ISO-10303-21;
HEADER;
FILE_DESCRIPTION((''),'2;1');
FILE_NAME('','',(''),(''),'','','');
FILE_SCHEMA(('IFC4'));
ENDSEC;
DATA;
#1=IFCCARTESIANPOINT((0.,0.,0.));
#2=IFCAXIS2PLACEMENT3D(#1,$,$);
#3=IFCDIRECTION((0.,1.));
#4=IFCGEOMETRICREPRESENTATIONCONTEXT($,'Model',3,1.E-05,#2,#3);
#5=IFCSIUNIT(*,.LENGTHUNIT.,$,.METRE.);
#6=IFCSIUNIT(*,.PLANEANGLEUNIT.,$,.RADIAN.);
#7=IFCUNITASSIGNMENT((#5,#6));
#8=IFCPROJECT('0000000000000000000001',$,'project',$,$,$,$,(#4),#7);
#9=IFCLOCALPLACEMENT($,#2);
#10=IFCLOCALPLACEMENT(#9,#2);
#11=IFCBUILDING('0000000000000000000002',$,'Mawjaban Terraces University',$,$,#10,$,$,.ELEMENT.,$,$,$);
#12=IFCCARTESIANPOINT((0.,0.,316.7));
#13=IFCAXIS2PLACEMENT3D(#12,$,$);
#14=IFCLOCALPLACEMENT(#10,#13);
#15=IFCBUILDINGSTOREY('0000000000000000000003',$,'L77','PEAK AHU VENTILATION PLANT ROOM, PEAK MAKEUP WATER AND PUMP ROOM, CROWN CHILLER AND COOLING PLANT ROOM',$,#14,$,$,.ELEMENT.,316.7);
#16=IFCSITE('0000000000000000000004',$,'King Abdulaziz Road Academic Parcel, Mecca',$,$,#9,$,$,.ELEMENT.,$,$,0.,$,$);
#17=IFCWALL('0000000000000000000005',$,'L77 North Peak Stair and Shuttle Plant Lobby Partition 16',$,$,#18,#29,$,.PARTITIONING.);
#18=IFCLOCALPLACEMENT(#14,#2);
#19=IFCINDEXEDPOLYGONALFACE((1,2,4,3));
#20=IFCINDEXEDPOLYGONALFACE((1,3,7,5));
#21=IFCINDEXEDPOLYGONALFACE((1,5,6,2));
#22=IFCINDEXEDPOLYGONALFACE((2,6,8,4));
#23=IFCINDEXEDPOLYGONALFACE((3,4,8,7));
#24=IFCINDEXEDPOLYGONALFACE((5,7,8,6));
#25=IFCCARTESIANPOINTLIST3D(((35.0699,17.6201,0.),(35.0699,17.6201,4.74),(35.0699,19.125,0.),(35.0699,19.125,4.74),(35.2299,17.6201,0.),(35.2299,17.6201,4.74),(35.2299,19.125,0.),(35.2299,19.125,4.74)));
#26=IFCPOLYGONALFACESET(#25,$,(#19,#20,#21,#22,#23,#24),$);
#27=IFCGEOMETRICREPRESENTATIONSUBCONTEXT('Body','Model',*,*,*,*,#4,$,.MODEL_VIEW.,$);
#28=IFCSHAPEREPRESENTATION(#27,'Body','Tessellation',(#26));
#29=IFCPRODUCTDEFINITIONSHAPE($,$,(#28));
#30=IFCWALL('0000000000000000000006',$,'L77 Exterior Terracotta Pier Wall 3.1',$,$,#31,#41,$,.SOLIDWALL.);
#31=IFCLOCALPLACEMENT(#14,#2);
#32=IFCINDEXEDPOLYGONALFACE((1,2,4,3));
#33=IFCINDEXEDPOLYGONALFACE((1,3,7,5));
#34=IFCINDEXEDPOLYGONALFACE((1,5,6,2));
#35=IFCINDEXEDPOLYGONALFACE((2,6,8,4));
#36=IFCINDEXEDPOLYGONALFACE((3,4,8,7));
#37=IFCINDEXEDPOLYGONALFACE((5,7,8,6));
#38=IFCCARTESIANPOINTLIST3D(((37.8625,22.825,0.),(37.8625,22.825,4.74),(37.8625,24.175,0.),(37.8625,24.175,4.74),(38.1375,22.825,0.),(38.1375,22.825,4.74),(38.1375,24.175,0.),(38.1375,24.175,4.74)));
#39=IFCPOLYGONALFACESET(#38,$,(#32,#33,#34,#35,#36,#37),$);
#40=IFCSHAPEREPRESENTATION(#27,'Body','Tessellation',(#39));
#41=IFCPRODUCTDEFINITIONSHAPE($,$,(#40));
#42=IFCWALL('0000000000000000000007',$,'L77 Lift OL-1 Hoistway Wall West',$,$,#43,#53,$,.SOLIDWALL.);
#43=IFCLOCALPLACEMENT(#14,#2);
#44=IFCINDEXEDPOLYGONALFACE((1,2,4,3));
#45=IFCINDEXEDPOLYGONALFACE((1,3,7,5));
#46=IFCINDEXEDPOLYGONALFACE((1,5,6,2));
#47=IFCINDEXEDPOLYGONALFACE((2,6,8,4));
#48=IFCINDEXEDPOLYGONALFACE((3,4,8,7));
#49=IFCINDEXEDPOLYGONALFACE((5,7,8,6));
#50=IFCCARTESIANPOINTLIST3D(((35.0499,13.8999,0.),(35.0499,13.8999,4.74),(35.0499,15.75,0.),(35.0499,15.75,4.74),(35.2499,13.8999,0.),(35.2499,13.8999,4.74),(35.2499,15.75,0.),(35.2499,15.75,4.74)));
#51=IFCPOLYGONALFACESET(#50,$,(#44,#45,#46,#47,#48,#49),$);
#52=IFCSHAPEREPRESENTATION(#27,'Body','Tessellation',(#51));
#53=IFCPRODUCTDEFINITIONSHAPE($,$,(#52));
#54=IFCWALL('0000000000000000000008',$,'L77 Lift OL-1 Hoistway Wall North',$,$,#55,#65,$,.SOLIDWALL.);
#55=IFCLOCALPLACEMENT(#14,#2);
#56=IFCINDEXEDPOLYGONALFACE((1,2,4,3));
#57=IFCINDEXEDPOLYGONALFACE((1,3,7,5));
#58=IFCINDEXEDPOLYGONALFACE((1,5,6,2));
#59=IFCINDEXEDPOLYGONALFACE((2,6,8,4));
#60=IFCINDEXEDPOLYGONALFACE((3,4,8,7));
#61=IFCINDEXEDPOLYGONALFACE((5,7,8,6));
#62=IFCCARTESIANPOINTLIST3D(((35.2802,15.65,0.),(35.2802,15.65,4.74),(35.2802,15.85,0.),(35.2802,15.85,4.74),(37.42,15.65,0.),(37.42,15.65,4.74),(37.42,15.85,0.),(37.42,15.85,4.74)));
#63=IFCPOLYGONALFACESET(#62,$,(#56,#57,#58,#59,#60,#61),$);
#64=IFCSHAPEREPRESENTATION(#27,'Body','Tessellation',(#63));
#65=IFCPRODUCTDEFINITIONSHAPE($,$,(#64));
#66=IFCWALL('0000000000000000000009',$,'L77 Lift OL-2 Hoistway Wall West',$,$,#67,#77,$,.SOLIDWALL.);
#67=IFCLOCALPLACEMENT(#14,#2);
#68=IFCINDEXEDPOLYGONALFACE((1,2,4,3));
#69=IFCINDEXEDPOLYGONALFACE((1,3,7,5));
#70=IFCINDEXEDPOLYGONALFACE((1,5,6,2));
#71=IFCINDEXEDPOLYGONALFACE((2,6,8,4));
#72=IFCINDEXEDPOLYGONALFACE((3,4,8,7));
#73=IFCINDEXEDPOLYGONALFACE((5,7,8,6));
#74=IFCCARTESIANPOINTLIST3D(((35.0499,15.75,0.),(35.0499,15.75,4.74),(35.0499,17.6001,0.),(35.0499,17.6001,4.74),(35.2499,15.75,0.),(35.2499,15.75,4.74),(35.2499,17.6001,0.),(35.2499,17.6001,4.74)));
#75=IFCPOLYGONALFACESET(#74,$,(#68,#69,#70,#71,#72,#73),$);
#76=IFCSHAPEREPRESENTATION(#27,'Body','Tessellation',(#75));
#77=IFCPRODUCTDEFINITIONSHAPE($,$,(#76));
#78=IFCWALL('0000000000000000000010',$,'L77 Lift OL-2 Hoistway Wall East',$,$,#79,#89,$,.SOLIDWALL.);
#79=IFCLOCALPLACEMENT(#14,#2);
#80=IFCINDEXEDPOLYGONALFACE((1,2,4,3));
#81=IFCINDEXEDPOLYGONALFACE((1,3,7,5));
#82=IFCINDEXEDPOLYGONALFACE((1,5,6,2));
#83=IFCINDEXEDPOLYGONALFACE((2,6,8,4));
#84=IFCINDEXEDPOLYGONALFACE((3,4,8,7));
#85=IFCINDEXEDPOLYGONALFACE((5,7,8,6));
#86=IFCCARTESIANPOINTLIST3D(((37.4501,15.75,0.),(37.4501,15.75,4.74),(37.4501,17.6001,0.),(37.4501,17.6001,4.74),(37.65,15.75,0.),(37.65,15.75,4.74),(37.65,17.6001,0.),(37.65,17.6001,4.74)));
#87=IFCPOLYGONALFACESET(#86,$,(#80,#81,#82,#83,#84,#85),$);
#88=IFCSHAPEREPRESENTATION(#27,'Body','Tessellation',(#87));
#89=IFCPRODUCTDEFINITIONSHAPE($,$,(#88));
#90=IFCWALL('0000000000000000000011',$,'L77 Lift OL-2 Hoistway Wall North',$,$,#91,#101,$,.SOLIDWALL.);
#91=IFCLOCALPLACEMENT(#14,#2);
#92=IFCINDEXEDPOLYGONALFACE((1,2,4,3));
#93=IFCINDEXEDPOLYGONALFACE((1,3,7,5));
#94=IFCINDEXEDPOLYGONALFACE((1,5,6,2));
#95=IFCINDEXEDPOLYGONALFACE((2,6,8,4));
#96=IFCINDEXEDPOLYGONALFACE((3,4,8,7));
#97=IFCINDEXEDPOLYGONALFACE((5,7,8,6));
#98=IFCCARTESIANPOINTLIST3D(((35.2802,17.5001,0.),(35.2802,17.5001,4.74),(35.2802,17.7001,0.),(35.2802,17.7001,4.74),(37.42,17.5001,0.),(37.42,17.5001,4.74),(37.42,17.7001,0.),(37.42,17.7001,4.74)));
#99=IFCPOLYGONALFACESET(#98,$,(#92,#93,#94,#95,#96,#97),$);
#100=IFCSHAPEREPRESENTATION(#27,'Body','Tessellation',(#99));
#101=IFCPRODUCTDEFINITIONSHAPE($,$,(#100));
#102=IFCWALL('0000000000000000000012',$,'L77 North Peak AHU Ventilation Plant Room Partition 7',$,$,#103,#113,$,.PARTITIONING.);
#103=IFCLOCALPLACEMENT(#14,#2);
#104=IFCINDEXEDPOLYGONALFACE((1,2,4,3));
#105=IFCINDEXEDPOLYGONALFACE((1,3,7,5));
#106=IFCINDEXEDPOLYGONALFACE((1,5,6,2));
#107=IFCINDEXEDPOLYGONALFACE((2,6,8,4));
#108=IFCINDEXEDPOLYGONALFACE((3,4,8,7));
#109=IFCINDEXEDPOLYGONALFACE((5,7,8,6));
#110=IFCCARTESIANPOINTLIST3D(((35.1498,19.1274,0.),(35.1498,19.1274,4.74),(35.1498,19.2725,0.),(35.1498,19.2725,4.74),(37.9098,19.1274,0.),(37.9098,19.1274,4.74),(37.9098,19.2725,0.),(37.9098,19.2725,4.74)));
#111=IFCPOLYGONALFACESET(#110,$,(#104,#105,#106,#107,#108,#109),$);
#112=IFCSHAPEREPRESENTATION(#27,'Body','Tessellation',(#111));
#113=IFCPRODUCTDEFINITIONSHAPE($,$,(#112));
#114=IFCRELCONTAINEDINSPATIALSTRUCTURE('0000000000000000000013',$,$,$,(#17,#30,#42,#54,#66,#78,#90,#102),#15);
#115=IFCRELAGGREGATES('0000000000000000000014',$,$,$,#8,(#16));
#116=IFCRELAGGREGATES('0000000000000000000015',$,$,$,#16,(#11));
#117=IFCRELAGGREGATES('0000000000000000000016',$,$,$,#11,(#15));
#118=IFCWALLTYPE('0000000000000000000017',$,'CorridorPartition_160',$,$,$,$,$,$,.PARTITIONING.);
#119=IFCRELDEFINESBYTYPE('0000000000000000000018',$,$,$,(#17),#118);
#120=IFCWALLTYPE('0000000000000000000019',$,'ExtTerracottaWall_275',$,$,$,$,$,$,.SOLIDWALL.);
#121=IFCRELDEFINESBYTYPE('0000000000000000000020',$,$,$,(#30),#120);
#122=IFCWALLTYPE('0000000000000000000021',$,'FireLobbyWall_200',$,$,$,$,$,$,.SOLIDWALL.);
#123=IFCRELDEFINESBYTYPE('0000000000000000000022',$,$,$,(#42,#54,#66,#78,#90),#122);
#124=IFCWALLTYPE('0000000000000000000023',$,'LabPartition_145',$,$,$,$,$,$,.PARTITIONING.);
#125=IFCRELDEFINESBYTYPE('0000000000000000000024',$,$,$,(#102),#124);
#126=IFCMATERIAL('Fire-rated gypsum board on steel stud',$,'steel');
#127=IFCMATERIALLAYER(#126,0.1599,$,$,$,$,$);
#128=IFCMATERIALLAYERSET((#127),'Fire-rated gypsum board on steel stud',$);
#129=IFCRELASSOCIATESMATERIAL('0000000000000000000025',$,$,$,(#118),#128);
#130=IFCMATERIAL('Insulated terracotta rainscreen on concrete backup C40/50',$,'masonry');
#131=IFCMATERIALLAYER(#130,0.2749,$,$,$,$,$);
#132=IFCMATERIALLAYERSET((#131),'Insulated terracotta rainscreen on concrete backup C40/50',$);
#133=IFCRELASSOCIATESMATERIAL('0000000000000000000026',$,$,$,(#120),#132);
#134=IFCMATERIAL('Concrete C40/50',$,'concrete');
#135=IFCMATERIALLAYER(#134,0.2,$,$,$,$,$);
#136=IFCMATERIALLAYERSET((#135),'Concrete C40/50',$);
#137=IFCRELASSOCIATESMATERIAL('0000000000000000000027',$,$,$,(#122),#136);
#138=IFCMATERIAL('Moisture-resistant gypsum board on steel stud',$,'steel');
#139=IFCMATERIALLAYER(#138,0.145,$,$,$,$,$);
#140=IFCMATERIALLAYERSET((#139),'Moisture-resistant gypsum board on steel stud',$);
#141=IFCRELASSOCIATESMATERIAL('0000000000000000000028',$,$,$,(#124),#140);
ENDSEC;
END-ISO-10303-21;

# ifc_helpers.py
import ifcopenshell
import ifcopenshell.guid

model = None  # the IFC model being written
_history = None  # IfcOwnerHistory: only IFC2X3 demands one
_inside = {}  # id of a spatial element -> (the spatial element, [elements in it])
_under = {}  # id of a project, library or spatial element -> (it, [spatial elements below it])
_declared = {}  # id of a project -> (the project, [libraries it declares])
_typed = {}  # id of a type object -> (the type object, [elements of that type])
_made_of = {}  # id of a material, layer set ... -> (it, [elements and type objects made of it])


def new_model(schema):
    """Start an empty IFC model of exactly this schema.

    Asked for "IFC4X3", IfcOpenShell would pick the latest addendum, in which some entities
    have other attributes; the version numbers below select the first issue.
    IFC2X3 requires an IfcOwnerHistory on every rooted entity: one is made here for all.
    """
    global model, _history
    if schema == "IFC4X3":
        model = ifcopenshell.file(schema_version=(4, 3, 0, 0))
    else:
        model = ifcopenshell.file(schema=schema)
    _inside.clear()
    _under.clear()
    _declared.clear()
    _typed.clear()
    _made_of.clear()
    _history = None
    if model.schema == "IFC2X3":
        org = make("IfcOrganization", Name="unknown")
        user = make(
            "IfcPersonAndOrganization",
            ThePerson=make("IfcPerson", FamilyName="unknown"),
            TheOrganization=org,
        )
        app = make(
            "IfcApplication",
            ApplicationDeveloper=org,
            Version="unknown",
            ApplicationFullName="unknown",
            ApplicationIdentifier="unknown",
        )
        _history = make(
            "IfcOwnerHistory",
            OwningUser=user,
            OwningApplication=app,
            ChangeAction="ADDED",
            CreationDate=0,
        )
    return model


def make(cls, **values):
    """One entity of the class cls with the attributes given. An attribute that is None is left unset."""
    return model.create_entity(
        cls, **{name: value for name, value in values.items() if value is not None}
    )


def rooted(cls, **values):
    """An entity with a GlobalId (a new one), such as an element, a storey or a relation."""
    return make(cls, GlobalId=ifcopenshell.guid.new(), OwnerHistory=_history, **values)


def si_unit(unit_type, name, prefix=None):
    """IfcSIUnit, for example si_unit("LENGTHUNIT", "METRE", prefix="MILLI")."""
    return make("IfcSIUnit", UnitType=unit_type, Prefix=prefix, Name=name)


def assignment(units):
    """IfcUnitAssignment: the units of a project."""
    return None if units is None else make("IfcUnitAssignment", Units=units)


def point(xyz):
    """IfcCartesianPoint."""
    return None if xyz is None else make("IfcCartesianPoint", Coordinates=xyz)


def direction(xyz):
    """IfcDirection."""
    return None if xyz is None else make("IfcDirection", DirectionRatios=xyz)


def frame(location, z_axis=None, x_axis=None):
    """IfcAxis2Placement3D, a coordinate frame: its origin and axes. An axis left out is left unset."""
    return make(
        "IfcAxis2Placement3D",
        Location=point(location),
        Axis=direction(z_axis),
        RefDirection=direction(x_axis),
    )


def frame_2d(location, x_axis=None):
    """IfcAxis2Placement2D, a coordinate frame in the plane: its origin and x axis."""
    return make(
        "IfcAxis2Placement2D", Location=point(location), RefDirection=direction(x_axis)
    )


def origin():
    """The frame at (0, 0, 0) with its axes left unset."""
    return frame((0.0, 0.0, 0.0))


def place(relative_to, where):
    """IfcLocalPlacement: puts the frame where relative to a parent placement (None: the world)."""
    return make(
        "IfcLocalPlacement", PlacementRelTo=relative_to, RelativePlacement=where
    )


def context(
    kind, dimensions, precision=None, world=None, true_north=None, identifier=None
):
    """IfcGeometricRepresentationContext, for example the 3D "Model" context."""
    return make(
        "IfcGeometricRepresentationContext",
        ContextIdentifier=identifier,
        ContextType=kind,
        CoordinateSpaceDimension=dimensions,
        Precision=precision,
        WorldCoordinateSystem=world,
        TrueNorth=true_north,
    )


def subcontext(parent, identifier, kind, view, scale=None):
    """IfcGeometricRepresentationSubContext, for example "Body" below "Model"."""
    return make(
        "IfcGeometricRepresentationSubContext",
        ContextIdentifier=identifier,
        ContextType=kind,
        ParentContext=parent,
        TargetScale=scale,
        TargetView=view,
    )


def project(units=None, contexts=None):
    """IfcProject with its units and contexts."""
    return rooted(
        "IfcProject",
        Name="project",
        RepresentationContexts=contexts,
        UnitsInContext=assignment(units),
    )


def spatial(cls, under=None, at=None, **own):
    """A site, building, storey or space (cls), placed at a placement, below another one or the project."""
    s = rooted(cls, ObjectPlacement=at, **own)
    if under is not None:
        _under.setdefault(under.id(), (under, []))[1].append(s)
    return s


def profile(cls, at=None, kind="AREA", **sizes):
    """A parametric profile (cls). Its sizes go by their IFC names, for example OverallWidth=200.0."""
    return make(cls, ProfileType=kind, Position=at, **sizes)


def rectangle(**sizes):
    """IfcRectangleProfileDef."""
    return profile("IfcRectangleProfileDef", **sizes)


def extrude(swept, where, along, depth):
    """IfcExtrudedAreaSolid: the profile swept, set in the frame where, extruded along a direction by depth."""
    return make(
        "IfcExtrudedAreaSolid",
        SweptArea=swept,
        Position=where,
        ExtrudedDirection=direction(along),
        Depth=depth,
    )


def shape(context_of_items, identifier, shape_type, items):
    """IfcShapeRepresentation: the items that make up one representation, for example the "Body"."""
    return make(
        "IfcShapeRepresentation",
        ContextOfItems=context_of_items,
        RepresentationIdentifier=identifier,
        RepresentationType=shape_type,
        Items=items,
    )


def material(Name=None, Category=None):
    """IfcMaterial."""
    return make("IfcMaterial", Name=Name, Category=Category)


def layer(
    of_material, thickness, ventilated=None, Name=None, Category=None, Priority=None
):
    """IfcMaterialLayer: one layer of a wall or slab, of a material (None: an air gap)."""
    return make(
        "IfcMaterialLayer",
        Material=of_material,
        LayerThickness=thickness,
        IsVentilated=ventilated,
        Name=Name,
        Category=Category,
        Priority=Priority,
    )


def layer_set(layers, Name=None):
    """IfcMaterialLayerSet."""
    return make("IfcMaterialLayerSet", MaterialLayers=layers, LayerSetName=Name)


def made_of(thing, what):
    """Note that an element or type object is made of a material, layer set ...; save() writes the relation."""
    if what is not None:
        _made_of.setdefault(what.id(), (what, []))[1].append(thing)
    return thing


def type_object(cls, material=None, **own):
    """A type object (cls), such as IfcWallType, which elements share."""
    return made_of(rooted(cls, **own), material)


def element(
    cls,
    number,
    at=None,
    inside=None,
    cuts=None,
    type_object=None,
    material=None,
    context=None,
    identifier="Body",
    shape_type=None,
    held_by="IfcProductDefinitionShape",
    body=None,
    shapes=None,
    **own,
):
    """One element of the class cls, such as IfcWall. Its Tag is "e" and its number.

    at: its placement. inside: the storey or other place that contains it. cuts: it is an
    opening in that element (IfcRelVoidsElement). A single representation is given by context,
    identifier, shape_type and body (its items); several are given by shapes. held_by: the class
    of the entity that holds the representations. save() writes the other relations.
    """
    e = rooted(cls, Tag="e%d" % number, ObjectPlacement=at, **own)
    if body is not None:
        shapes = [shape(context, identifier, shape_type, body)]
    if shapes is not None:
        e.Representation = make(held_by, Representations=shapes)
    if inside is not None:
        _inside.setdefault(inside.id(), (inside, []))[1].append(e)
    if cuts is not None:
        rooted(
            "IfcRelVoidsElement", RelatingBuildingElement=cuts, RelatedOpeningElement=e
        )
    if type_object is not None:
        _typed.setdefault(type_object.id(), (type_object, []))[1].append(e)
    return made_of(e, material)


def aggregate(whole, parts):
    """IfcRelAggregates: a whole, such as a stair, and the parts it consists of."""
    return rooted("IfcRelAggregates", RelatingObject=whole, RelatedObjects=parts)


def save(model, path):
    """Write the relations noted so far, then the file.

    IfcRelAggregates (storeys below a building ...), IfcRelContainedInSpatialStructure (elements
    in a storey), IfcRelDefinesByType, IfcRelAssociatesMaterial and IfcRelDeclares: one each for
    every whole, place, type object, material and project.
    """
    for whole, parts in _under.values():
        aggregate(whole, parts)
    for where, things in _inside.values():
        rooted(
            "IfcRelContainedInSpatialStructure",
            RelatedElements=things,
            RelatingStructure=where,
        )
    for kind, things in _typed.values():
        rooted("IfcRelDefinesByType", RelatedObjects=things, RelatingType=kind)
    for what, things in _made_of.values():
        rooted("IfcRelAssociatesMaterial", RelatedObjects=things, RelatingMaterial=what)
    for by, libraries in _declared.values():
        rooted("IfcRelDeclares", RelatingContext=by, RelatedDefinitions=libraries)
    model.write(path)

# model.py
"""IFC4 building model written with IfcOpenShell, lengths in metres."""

from ifc_helpers import new_model, si_unit, direction, frame, frame_2d, origin, place, context, subcontext, project, spatial, rectangle, extrude, material, layer, layer_set, type_object, element, save


model = new_model("IFC4")

# Units and contexts
model_context = context("Model", 3, precision=1e-05, world=origin(), true_north=direction((0.0, 1.0)))
body_context = subcontext(model_context, "Body", "Model", "MODEL_VIEW")
ifc_project = project(units=[si_unit("LENGTHUNIT", "METRE"), si_unit("PLANEANGLEUNIT", "RADIAN")], contexts=[model_context])

# Site, building, storey
site_placement = place(None, origin())
site = spatial("IfcSite", under=ifc_project, at=site_placement, Name="King Abdulaziz Road Academic Parcel, Mecca", CompositionType="ELEMENT", RefElevation=0.0)
building_placement = place(site_placement, origin())
building = spatial("IfcBuilding", under=site, at=building_placement, Name="Mawjaban Terraces University", CompositionType="ELEMENT")
storey_placement = place(building_placement, frame((0.0, 0.0, 316.7)))
storey = spatial("IfcBuildingStorey", under=building, at=storey_placement, Name="L77", Description="PEAK AHU VENTILATION PLANT ROOM, PEAK MAKEUP WATER AND PUMP ROOM, CROWN CHILLER AND COOLING PLANT ROOM", CompositionType="ELEMENT", Elevation=316.7)

# Walls
ifc_material_1 = material(Name="Fire-rated gypsum board on steel stud", Category="steel")
ifc_layer_1 = layer(ifc_material_1, 0.1599)
ifc_layer_set_1 = layer_set([ifc_layer_1], Name="Fire-rated gypsum board on steel stud")
wall_type_1 = type_object("IfcWallType", Name="CorridorPartition_160", PredefinedType="PARTITIONING", material=ifc_layer_set_1)
wall_1_placement = place(storey_placement, frame((35.1499, 17.6201, 0.0), z_axis=(0.0, 0.0, 1.0), x_axis=(0.0, 1.0, 0.0)))
element("IfcWall", 1, at=wall_1_placement, inside=storey, type_object=wall_type_1, Name="L77 North Peak Stair and Shuttle Plant Lobby Partition 16", PredefinedType="PARTITIONING", context=body_context, shape_type="SweptSolid", body=[
    extrude(rectangle(XDim=1.5049, YDim=0.1599, at=frame_2d((0.7524, 0.0))), origin(), (0.0, 0.0, 1.0), 4.74),
])
ifc_material_2 = material(Name="Insulated terracotta rainscreen on concrete backup C40/50", Category="masonry")
ifc_layer_2 = layer(ifc_material_2, 0.2749)
ifc_layer_set_2 = layer_set([ifc_layer_2], Name="Insulated terracotta rainscreen on concrete backup C40/50")
wall_type_2 = type_object("IfcWallType", Name="ExtTerracottaWall_275", PredefinedType="SOLIDWALL", material=ifc_layer_set_2)
wall_2_placement = place(storey_placement, frame((38.0, 22.825, 0.0), z_axis=(0.0, 0.0, 1.0), x_axis=(0.0, 1.0, 0.0)))
element("IfcWall", 2, at=wall_2_placement, inside=storey, type_object=wall_type_2, Name="L77 Exterior Terracotta Pier Wall 3.1", PredefinedType="SOLIDWALL", context=body_context, shape_type="SweptSolid", body=[
    extrude(rectangle(XDim=1.3501, YDim=0.2749, at=frame_2d((0.675, 0.0))), origin(), (0.0, 0.0, 1.0), 4.74),
])
ifc_material_3 = material(Name="Concrete C40/50", Category="concrete")
ifc_layer_3 = layer(ifc_material_3, 0.2)
ifc_layer_set_3 = layer_set([ifc_layer_3], Name="Concrete C40/50")
wall_type_3 = type_object("IfcWallType", Name="FireLobbyWall_200", PredefinedType="SOLIDWALL", material=ifc_layer_set_3)
wall_3_placement = place(storey_placement, frame((35.1499, 15.75, 0.0), z_axis=(0.0, 0.0, 1.0), x_axis=(0.0, -1.0, 0.0)))
element("IfcWall", 3, at=wall_3_placement, inside=storey, type_object=wall_type_3, Name="L77 Lift OL-1 Hoistway Wall West", PredefinedType="SOLIDWALL", context=body_context, shape_type="SweptSolid", body=[
    extrude(rectangle(XDim=1.8501, YDim=0.2, at=frame_2d((0.925, 0.0))), origin(), (0.0, 0.0, 1.0), 4.74),
])
wall_4_placement = place(storey_placement, frame((37.4199, 15.75, 0.0), z_axis=(0.0, 0.0, 1.0), x_axis=(-1.0, 0.0, 0.0)))
element("IfcWall", 4, at=wall_4_placement, inside=storey, type_object=wall_type_3, Name="L77 Lift OL-1 Hoistway Wall North", PredefinedType="SOLIDWALL", context=body_context, shape_type="SweptSolid", body=[
    extrude(rectangle(XDim=2.1399, YDim=0.2, at=frame_2d((1.0698, 0.0))), origin(), (0.0, 0.0, 1.0), 4.74),
])
for number, where, z_axis, x_axis, name in (
    (5, (35.1499, 17.6001, 0.0), (0.0, 0.0, 1.0), (0.0, -1.0, 0.0), "L77 Lift OL-2 Hoistway Wall West"),
    (6, (37.55, 15.75, 0.0), (0.0, 0.0, 1.0), (0.0, 1.0, 0.0), "L77 Lift OL-2 Hoistway Wall East"),
):
    element("IfcWall", number, at=place(storey_placement, frame(where, z_axis=z_axis, x_axis=x_axis)), inside=storey, type_object=wall_type_3, Name=name, PredefinedType="SOLIDWALL", context=body_context, shape_type="SweptSolid", body=[
        extrude(rectangle(XDim=1.8501, YDim=0.2, at=frame_2d((0.925, 0.0))), origin(), (0.0, 0.0, 1.0), 4.74),
    ])
wall_5_placement = place(storey_placement, frame((37.4199, 17.6001, 0.0), z_axis=(0.0, 0.0, 1.0), x_axis=(-1.0, 0.0, 0.0)))
element("IfcWall", 7, at=wall_5_placement, inside=storey, type_object=wall_type_3, Name="L77 Lift OL-2 Hoistway Wall North", PredefinedType="SOLIDWALL", context=body_context, shape_type="SweptSolid", body=[
    extrude(rectangle(XDim=2.1399, YDim=0.2, at=frame_2d((1.0698, 0.0))), origin(), (0.0, 0.0, 1.0), 4.74),
])
ifc_material_4 = material(Name="Moisture-resistant gypsum board on steel stud", Category="steel")
ifc_layer_4 = layer(ifc_material_4, 0.145)
ifc_layer_set_4 = layer_set([ifc_layer_4], Name="Moisture-resistant gypsum board on steel stud")
wall_type_4 = type_object("IfcWallType", Name="LabPartition_145", PredefinedType="PARTITIONING", material=ifc_layer_set_4)
wall_6_placement = place(storey_placement, frame((35.1499, 19.2, 0.0), z_axis=(0.0, 0.0, 1.0), x_axis=(1.0, 0.0, 0.0)))
element("IfcWall", 8, at=wall_6_placement, inside=storey, type_object=wall_type_4, Name="L77 North Peak AHU Ventilation Plant Room Partition 7", PredefinedType="PARTITIONING", context=body_context, shape_type="SweptSolid", body=[
    extrude(rectangle(XDim=2.76, YDim=0.145, at=frame_2d((1.3799, 0.0))), origin(), (0.0, 0.0, 1.0), 4.74),
])

save(model, "model.ifc")
